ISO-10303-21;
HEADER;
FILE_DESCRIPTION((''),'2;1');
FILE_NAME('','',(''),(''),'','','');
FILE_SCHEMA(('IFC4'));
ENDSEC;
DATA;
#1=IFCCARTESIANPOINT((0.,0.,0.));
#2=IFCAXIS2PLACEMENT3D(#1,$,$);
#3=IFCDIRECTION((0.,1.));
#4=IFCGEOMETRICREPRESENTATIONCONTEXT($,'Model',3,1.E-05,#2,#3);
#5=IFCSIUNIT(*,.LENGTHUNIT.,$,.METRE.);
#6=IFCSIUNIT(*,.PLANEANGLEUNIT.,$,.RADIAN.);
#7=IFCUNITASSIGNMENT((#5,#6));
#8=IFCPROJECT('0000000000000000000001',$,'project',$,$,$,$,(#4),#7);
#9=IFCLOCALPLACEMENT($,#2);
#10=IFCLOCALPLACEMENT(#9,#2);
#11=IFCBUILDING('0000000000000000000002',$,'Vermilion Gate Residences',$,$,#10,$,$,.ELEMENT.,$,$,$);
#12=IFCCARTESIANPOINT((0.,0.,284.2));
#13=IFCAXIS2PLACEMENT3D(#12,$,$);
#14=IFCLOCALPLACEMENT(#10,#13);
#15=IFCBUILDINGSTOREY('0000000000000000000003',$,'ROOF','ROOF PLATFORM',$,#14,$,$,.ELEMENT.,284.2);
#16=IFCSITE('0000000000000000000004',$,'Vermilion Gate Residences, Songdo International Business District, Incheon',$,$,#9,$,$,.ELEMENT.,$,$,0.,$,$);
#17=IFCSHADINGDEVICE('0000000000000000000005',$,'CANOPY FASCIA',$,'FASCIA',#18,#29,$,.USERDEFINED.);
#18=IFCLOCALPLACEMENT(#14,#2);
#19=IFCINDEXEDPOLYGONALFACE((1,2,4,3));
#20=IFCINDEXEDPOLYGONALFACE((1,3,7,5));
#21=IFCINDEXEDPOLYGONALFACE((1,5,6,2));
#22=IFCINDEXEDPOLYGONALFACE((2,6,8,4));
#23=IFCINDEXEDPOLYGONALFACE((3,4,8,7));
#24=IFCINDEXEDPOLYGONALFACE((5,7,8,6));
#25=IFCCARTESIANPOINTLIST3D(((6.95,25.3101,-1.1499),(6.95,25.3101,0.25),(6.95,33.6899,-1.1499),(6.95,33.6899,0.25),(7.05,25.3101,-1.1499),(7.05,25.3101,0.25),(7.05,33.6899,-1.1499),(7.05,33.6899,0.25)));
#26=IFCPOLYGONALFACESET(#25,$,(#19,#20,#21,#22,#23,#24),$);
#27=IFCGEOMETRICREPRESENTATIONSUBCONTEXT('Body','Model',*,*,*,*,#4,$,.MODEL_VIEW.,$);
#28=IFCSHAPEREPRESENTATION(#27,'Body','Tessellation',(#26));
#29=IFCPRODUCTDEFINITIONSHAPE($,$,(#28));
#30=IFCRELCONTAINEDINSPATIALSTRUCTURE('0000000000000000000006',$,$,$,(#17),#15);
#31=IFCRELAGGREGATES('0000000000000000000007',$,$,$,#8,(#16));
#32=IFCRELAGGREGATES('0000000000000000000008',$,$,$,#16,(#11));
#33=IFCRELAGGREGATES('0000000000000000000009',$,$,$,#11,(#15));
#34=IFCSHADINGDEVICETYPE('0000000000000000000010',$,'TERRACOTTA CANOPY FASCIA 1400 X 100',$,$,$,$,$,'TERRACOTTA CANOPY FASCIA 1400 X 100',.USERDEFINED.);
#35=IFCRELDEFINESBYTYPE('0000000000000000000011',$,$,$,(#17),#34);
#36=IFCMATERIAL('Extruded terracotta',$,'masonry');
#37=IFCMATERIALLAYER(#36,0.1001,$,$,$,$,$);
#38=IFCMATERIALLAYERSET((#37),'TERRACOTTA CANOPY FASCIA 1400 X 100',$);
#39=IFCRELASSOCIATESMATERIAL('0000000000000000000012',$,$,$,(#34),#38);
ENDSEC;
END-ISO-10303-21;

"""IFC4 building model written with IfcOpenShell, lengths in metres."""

from ifc_helpers import new_model, si_unit, direction, frame, origin, origin_2d, place, context, subcontext, project, spatial, rectangle, extrude, material, layer, layer_set, type_object, element, save


model = new_model("IFC4")

# Units and contexts
model_context = context("Model", 3, precision=1e-05, world=origin(), true_north=direction((0.0, 1.0)))
body_context = subcontext(model_context, "Body", "Model", "MODEL_VIEW")
ifc_project = project(units=[si_unit("LENGTHUNIT", "METRE"), si_unit("PLANEANGLEUNIT", "RADIAN")], contexts=[model_context])

# Site, building, storey
site_placement = place(None, origin())
site = spatial("IfcSite", under=ifc_project, at=site_placement, Name="Vermilion Gate Residences, Songdo International Business District, Incheon", CompositionType="ELEMENT", RefElevation=0.0)
building_placement = place(site_placement, origin())
building = spatial("IfcBuilding", under=site, at=building_placement, Name="Vermilion Gate Residences", CompositionType="ELEMENT")
storey_placement = place(building_placement, frame((0.0, 0.0, 284.2)))
storey = spatial("IfcBuildingStorey", under=building, at=storey_placement, Name="ROOF", Description="ROOF PLATFORM", CompositionType="ELEMENT", Elevation=284.2)

# Shading device
ifc_material_1 = material(Name="Extruded terracotta", Category="masonry")
ifc_layer_1 = layer(ifc_material_1, 0.1001)
ifc_layer_set_1 = layer_set([ifc_layer_1], Name="TERRACOTTA CANOPY FASCIA 1400 X 100")
shading_device_type_1 = type_object("IfcShadingDeviceType", Name="TERRACOTTA CANOPY FASCIA 1400 X 100", ElementType="TERRACOTTA CANOPY FASCIA 1400 X 100", PredefinedType="USERDEFINED", material=ifc_layer_set_1)
shading_device_1_placement = place(storey_placement, frame((7.0, 29.5, -1.1499), z_axis=(0.0, 0.0, 1.0), x_axis=(0.0, 1.0, 0.0)))
element("IfcShadingDevice", 1, at=shading_device_1_placement, inside=storey, type_object=shading_device_type_1, Name="CANOPY FASCIA", ObjectType="FASCIA", PredefinedType="USERDEFINED", context=body_context, shape_type="SweptSolid", body=[
    extrude(rectangle(XDim=8.3799, YDim=0.1001, at=origin_2d()), origin(), (0.0, 0.0, 1.0), 1.3999),
])

save(model, "model.ifc")
